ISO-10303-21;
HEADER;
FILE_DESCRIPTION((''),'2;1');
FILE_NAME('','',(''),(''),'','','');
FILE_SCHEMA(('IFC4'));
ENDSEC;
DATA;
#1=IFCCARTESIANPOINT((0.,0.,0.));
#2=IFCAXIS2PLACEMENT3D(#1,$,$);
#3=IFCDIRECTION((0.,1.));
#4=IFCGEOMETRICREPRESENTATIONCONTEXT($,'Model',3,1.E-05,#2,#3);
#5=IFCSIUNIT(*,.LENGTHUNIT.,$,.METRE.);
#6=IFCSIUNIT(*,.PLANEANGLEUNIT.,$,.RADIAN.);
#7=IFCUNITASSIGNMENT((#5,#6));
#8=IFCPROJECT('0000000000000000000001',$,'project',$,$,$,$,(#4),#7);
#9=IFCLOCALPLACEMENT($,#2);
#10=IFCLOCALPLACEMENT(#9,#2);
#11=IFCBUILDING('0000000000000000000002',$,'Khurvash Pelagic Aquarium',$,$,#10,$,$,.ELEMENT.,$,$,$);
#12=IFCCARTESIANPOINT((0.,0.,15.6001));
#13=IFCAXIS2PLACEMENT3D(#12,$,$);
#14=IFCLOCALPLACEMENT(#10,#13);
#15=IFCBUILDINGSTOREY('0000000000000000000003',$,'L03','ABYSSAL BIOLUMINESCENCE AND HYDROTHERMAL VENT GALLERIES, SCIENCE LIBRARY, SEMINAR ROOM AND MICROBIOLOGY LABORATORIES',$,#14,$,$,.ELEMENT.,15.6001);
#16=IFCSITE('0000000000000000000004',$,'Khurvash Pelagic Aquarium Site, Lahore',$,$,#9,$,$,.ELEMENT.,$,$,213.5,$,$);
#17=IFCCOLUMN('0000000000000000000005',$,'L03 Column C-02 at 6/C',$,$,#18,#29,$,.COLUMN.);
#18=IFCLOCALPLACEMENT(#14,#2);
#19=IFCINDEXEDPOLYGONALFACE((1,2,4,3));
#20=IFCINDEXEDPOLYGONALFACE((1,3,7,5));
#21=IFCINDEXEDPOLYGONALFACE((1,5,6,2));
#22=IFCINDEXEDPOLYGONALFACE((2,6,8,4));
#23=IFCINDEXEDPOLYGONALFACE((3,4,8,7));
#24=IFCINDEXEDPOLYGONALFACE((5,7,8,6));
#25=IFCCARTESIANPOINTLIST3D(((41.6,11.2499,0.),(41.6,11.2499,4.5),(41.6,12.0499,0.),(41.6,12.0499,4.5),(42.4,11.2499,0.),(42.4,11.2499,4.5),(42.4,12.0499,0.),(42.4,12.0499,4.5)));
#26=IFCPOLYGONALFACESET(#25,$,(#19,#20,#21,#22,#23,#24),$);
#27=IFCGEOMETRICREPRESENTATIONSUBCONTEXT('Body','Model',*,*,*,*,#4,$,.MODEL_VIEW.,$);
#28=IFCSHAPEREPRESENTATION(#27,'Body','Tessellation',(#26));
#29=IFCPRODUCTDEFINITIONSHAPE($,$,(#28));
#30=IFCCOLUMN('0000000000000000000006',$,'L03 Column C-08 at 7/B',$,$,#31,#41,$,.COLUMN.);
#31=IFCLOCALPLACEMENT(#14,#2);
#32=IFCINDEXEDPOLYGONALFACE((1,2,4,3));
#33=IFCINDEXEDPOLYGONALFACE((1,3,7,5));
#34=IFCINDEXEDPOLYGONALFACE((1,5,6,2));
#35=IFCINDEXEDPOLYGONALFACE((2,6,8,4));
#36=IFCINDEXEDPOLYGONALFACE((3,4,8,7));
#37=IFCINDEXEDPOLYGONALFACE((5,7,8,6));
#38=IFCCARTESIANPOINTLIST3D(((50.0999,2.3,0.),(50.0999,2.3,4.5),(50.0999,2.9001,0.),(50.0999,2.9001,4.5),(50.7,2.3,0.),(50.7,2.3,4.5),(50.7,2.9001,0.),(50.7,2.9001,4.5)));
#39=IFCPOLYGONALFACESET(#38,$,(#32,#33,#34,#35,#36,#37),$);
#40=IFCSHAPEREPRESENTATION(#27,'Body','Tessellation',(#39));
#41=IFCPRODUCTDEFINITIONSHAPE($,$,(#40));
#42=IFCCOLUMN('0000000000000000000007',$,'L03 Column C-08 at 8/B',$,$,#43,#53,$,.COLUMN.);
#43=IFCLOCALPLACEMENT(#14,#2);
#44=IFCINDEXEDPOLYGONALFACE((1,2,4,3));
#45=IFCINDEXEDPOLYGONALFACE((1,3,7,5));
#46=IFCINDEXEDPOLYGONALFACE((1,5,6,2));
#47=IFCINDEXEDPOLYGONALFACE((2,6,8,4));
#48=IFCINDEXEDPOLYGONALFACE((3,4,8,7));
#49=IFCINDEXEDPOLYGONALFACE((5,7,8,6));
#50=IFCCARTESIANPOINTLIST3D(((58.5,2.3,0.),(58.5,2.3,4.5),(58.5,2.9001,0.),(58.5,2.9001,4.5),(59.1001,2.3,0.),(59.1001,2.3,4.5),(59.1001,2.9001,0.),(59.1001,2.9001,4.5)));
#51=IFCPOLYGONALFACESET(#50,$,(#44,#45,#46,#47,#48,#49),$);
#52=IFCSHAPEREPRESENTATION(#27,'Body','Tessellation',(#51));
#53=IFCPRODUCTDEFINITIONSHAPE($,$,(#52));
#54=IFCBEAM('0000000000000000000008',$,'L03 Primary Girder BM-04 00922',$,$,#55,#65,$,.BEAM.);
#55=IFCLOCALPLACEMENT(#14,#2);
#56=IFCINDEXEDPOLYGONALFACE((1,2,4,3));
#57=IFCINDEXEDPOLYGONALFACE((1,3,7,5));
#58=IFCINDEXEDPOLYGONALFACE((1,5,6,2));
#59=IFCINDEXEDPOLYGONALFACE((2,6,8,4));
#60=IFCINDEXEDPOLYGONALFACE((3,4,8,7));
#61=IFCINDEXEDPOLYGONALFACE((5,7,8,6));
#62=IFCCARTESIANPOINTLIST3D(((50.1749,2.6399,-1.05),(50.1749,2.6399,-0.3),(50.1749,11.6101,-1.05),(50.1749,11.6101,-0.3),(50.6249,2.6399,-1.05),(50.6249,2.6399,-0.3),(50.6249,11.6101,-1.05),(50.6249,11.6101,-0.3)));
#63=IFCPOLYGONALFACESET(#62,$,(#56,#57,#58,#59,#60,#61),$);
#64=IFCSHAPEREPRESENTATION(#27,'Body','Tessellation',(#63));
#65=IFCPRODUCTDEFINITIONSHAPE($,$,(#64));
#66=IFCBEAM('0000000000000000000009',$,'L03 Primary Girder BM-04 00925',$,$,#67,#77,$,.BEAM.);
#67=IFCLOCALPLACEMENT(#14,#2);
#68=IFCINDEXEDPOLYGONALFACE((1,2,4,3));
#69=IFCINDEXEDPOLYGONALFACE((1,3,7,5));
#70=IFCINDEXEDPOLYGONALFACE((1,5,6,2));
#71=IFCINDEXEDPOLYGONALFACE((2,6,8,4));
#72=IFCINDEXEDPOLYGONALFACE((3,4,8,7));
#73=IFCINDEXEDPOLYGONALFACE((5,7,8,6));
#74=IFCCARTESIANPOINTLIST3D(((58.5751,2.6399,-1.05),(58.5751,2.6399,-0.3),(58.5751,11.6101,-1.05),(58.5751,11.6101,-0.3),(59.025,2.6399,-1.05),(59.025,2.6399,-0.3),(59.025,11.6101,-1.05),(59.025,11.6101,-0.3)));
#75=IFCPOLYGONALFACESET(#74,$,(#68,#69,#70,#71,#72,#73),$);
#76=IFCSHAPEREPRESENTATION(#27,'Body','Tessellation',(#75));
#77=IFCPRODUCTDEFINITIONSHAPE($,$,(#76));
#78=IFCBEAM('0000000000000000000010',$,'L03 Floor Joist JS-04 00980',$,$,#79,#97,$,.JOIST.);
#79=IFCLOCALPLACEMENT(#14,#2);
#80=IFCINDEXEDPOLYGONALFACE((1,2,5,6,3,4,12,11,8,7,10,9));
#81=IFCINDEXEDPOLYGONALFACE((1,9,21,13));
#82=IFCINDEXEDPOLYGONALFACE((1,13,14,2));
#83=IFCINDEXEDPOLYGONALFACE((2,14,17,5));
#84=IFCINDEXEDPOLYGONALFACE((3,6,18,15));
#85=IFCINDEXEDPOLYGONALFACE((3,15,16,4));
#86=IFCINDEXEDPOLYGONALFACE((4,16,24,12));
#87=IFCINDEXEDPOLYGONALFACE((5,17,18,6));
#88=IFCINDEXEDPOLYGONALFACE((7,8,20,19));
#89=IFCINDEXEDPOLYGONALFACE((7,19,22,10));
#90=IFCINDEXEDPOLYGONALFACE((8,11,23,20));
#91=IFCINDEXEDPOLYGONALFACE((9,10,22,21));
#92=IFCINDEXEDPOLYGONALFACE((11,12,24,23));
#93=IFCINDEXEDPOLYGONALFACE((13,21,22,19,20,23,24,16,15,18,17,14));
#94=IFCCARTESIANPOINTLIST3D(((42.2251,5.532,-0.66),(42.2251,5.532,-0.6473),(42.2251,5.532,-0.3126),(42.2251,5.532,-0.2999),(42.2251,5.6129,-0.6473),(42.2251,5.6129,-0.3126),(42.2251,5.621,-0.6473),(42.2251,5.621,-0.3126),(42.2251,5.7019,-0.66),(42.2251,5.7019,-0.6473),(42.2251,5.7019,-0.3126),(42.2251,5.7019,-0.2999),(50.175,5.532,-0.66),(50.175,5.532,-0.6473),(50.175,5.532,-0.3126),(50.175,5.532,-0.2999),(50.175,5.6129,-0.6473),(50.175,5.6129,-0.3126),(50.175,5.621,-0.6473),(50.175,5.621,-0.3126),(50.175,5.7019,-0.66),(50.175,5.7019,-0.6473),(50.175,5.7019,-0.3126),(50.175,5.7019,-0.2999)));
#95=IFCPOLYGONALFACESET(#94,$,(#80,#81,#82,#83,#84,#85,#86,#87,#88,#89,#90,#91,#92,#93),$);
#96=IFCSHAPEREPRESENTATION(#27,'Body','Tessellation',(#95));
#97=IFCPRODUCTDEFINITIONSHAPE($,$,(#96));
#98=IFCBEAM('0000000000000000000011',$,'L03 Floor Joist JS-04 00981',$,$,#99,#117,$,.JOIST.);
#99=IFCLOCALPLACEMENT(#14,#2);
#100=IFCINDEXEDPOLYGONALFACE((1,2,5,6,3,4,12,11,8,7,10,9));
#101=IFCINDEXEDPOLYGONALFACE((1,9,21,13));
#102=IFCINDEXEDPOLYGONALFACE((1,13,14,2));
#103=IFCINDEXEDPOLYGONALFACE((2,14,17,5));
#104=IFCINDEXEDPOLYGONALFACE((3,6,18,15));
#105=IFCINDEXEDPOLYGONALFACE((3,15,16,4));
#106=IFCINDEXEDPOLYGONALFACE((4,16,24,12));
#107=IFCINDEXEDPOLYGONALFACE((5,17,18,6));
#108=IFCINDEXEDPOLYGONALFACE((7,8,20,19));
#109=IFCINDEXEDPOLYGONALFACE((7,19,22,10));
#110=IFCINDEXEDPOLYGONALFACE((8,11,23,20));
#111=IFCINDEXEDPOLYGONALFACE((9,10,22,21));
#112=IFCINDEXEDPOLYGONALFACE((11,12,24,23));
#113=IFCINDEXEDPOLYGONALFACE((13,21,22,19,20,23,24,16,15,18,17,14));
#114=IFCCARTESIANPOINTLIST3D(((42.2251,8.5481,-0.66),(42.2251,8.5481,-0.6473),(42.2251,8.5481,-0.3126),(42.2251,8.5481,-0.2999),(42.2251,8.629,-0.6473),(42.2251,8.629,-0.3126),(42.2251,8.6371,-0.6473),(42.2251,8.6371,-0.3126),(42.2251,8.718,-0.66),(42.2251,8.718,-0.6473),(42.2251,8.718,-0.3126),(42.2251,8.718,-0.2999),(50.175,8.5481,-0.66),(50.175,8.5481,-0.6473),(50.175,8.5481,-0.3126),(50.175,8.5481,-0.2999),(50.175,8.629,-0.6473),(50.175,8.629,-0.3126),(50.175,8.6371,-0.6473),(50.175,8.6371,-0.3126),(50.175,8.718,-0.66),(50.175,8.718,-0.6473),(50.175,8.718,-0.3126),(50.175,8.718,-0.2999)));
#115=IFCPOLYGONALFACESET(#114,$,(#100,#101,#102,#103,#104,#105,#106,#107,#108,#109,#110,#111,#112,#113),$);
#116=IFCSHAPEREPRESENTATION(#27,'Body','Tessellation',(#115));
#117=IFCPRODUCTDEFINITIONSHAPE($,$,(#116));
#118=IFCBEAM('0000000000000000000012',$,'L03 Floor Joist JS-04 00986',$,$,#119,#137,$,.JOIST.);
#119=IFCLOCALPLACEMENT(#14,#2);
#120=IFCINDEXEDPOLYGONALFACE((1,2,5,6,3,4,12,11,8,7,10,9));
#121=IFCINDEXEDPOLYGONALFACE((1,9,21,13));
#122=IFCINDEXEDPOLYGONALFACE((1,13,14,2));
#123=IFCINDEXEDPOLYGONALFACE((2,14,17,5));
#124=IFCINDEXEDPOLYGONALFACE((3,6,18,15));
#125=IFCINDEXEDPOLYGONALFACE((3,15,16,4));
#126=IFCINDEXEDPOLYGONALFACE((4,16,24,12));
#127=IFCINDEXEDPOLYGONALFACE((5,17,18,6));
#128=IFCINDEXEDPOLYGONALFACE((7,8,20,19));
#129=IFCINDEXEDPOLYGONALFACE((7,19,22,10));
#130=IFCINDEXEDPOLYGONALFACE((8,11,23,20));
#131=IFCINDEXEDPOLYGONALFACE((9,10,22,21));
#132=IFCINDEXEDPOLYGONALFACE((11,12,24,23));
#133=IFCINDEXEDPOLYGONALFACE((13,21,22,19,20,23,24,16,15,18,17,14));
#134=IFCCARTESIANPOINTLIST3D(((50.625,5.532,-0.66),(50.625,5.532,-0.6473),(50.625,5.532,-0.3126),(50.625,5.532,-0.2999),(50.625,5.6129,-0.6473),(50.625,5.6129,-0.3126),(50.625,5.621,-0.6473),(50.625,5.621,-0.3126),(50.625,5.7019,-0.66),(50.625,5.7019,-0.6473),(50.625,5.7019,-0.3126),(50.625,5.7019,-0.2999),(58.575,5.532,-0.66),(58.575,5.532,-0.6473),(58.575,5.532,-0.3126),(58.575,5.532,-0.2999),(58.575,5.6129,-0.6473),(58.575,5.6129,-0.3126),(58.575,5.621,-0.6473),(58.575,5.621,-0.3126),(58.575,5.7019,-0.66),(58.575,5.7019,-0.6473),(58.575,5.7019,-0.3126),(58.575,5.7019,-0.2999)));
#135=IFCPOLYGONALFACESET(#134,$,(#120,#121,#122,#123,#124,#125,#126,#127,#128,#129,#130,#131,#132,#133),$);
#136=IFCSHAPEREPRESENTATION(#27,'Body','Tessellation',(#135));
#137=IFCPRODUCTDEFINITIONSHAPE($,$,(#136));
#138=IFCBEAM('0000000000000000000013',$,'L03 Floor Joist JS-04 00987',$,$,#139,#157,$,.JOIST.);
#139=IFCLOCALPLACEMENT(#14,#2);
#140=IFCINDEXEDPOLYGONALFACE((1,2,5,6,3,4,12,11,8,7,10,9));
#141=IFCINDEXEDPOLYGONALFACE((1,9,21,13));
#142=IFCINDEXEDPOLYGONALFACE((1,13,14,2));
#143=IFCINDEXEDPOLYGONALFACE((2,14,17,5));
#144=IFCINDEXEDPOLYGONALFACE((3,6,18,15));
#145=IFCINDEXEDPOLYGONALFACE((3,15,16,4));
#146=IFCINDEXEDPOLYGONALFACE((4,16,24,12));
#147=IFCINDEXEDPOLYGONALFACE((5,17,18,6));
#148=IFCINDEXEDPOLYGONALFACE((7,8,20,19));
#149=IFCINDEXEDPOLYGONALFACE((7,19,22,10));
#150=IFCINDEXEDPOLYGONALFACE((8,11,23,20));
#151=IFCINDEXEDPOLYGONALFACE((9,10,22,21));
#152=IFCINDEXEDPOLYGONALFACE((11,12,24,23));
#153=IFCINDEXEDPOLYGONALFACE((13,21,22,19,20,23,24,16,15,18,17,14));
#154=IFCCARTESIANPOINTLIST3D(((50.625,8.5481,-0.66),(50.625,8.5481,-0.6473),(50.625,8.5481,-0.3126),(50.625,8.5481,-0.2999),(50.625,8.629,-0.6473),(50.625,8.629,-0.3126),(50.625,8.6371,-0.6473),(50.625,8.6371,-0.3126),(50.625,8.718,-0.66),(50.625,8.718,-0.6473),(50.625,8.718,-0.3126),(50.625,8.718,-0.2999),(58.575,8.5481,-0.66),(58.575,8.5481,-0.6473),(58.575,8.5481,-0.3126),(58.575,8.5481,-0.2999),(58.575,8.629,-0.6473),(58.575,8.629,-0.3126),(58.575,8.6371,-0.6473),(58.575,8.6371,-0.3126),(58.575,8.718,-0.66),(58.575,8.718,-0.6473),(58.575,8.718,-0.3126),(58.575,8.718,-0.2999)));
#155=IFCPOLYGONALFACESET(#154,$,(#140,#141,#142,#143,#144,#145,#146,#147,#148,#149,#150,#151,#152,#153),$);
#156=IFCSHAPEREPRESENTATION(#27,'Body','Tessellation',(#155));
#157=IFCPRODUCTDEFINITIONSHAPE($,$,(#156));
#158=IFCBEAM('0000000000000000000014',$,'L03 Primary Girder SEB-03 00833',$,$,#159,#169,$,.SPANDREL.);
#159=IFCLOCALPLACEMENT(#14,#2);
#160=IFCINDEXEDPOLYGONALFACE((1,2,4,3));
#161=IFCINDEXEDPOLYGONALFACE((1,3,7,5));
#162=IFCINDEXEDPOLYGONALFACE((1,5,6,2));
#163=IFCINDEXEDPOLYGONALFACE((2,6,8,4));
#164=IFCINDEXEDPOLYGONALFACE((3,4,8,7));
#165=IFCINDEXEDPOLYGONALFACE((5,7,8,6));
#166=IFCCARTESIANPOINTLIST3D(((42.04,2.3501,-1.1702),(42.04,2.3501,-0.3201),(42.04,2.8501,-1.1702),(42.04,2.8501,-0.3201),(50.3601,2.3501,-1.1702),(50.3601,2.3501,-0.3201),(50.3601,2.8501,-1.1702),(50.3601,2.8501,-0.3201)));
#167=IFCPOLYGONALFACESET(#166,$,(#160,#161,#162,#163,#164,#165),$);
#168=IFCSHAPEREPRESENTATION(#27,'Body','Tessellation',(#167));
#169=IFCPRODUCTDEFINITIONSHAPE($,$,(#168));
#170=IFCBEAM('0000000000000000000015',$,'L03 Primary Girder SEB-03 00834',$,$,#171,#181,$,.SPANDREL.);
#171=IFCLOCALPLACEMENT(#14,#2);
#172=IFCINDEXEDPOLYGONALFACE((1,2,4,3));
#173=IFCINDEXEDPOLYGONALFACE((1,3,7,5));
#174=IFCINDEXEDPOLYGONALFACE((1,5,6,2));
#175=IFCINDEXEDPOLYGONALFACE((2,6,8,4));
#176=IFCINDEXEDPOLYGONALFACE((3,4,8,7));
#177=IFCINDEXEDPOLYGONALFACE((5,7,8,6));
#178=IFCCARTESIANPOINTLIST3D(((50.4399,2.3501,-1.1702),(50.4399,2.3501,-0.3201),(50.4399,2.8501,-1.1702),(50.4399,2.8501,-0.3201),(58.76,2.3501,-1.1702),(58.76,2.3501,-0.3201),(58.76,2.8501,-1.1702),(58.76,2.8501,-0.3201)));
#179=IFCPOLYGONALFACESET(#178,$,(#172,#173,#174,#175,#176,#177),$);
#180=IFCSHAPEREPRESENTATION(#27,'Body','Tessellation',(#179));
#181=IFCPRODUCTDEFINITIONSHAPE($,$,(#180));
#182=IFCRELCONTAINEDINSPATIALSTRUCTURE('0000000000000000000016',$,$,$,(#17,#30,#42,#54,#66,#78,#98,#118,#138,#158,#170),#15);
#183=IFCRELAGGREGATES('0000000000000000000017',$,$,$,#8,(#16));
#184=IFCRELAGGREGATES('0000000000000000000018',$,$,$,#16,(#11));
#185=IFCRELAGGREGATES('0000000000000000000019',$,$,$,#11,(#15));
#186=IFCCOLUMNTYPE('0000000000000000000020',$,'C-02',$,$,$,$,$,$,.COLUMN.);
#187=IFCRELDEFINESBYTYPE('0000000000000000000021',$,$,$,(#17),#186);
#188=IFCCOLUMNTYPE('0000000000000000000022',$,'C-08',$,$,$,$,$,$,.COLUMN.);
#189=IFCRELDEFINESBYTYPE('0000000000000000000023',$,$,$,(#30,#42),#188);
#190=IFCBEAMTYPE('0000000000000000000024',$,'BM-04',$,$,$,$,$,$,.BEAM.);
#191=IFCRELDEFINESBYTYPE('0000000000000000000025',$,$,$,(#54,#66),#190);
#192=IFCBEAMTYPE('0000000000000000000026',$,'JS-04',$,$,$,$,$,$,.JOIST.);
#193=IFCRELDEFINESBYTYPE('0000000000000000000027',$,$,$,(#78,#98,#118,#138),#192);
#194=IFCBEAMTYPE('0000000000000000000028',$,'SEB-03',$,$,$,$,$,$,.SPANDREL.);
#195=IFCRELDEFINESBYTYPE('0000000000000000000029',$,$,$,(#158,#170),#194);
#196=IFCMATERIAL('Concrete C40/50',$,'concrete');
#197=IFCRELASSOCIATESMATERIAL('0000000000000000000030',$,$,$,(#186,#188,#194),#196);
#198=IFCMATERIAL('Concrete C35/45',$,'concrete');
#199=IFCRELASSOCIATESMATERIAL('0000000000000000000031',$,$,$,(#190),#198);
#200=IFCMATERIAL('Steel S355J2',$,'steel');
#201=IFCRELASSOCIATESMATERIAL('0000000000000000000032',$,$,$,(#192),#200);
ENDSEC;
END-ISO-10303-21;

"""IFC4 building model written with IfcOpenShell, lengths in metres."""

from ifc_helpers import new_model, si_unit, direction, frame, origin, origin_2d, place, context, subcontext, project, spatial, rectangle, i_section, extrude, material, material_profile, profile_set, type_object, element, save


model = new_model("IFC4")

# Units and contexts
model_context = context("Model", 3, precision=1e-05, world=origin(), true_north=direction((0.0, 1.0)))
body_context = subcontext(model_context, "Body", "Model", "MODEL_VIEW")
ifc_project = project(units=[si_unit("LENGTHUNIT", "METRE"), si_unit("PLANEANGLEUNIT", "RADIAN")], contexts=[model_context])

# Site, building, storey
site_placement = place(None, origin())
site = spatial("IfcSite", under=ifc_project, at=site_placement, Name="Khurvash Pelagic Aquarium Site, Lahore", CompositionType="ELEMENT", RefElevation=213.5)
building_placement = place(site_placement, origin())
building = spatial("IfcBuilding", under=site, at=building_placement, Name="Khurvash Pelagic Aquarium", CompositionType="ELEMENT")
storey_placement = place(building_placement, frame((0.0, 0.0, 15.6001)))
storey = spatial("IfcBuildingStorey", under=building, at=storey_placement, Name="L03", Description="ABYSSAL BIOLUMINESCENCE AND HYDROTHERMAL VENT GALLERIES, SCIENCE LIBRARY, SEMINAR ROOM AND MICROBIOLOGY LABORATORIES", CompositionType="ELEMENT", Elevation=15.6001)

# Columns
ifc_material_1 = material(Name="Concrete C40/50", Category="concrete")
ifc_material_profile_1 = material_profile(ifc_material_1, rectangle(XDim=0.8, YDim=0.8, at=origin_2d()), Name="RC800X800")
ifc_profile_set_1 = profile_set([ifc_material_profile_1], Name="Concrete C40/50")
column_type_1 = type_object("IfcColumnType", Name="C-02", PredefinedType="COLUMN", material=ifc_profile_set_1)
column_placement = place(storey_placement, frame((42.0, 11.6499, 0.0), z_axis=(0.0, 0.0, 1.0), x_axis=(1.0, 0.0, 0.0)))
element("IfcColumn", 1, at=column_placement, inside=storey, type_object=column_type_1, Name="L03 Column C-02 at 6/C", PredefinedType="COLUMN", context=body_context, shape_type="SweptSolid", body=[
    extrude(rectangle(XDim=0.8, YDim=0.8, at=origin_2d()), origin(), (0.0, 0.0, 1.0), 4.5),
])
ifc_material_profile_2 = material_profile(ifc_material_1, rectangle(XDim=0.6001, YDim=0.6001, at=origin_2d()), Name="RC600X600")
ifc_profile_set_2 = profile_set([ifc_material_profile_2], Name="Concrete C40/50")
column_type_2 = type_object("IfcColumnType", Name="C-08", PredefinedType="COLUMN", material=ifc_profile_set_2)
for number, where, z_axis, x_axis, name in (
    (2, (50.3999, 2.6001, 0.0), (0.0, 0.0, 1.0), (1.0, 0.0, 0.0), "L03 Column C-08 at 7/B"),
    (3, (58.8, 2.6001, 0.0), (0.0, 0.0, 1.0), (1.0, 0.0, 0.0), "L03 Column C-08 at 8/B"),
):
    element("IfcColumn", number, at=place(storey_placement, frame(where, z_axis=z_axis, x_axis=x_axis)), inside=storey, type_object=column_type_2, Name=name, PredefinedType="COLUMN", context=body_context, shape_type="SweptSolid", body=[
        extrude(rectangle(XDim=0.6001, YDim=0.6001, at=origin_2d()), origin(), (0.0, 0.0, 1.0), 4.5),
    ])

# Beams
ifc_material_2 = material(Name="Concrete C35/45", Category="concrete")
ifc_material_profile_3 = material_profile(ifc_material_2, rectangle(XDim=0.45, YDim=0.75, at=origin_2d()), Name="RC450X750")
ifc_profile_set_3 = profile_set([ifc_material_profile_3], Name="Concrete C35/45")
beam_type_1 = type_object("IfcBeamType", Name="BM-04", PredefinedType="BEAM", material=ifc_profile_set_3)
for number, where, z_axis, x_axis, name in (
    (4, (50.3999, 2.6399, -0.675), (0.0, 1.0, 0.0), (-1.0, 0.0, 0.0), "L03 Primary Girder BM-04 00922"),
    (5, (58.8, 2.6399, -0.675), (0.0, 1.0, 0.0), (-1.0, 0.0, 0.0), "L03 Primary Girder BM-04 00925"),
):
    element("IfcBeam", number, at=place(storey_placement, frame(where, z_axis=z_axis, x_axis=x_axis)), inside=storey, type_object=beam_type_1, Name=name, PredefinedType="BEAM", context=body_context, shape_type="SweptSolid", body=[
        extrude(rectangle(XDim=0.45, YDim=0.75, at=origin_2d()), origin(), (0.0, 0.0, 1.0), 8.9702),
    ])
ifc_material_3 = material(Name="Steel S355J2", Category="steel")
ifc_material_profile_4 = material_profile(ifc_material_3, i_section(OverallWidth=0.1699, OverallDepth=0.3601, WebThickness=0.0081, FlangeThickness=0.0127, at=origin_2d()), Name="IPE360")
ifc_profile_set_4 = profile_set([ifc_material_profile_4], Name="Steel S355J2")
beam_type_2 = type_object("IfcBeamType", Name="JS-04", PredefinedType="JOIST", material=ifc_profile_set_4)
for number, where, z_axis, x_axis, name in (
    (6, (42.2251, 5.6169, -0.48), (1.0, 0.0, 0.0), (0.0, 1.0, 0.0), "L03 Floor Joist JS-04 00980"),
    (7, (42.2251, 8.6331, -0.48), (1.0, 0.0, 0.0), (0.0, 1.0, 0.0), "L03 Floor Joist JS-04 00981"),
    (8, (50.625, 5.6169, -0.48), (1.0, 0.0, 0.0), (0.0, 1.0, 0.0), "L03 Floor Joist JS-04 00986"),
    (9, (50.625, 8.6331, -0.48), (1.0, 0.0, 0.0), (0.0, 1.0, 0.0), "L03 Floor Joist JS-04 00987"),
):
    element("IfcBeam", number, at=place(storey_placement, frame(where, z_axis=z_axis, x_axis=x_axis)), inside=storey, type_object=beam_type_2, Name=name, PredefinedType="JOIST", context=body_context, shape_type="SweptSolid", body=[
        extrude(i_section(OverallWidth=0.1699, OverallDepth=0.3601, WebThickness=0.0081, FlangeThickness=0.0127, at=origin_2d()), origin(), (0.0, 0.0, 1.0), 7.95),
    ])
ifc_material_profile_5 = material_profile(ifc_material_1, rectangle(XDim=0.5, YDim=0.8501, at=origin_2d()), Name="RC500X850")
ifc_profile_set_5 = profile_set([ifc_material_profile_5], Name="Concrete C40/50")
beam_type_3 = type_object("IfcBeamType", Name="SEB-03", PredefinedType="SPANDREL", material=ifc_profile_set_5)
for number, where, z_axis, x_axis, name in (
    (10, (42.04, 2.6001, -0.7451), (1.0, 0.0, 0.0), (0.0, 1.0, 0.0), "L03 Primary Girder SEB-03 00833"),
    (11, (50.4399, 2.6001, -0.7451), (1.0, 0.0, 0.0), (0.0, 1.0, 0.0), "L03 Primary Girder SEB-03 00834"),
):
    element("IfcBeam", number, at=place(storey_placement, frame(where, z_axis=z_axis, x_axis=x_axis)), inside=storey, type_object=beam_type_3, Name=name, PredefinedType="SPANDREL", context=body_context, shape_type="SweptSolid", body=[
        extrude(rectangle(XDim=0.5, YDim=0.8501, at=origin_2d()), origin(), (0.0, 0.0, 1.0), 8.3201),
    ])

save(model, "model.ifc")
